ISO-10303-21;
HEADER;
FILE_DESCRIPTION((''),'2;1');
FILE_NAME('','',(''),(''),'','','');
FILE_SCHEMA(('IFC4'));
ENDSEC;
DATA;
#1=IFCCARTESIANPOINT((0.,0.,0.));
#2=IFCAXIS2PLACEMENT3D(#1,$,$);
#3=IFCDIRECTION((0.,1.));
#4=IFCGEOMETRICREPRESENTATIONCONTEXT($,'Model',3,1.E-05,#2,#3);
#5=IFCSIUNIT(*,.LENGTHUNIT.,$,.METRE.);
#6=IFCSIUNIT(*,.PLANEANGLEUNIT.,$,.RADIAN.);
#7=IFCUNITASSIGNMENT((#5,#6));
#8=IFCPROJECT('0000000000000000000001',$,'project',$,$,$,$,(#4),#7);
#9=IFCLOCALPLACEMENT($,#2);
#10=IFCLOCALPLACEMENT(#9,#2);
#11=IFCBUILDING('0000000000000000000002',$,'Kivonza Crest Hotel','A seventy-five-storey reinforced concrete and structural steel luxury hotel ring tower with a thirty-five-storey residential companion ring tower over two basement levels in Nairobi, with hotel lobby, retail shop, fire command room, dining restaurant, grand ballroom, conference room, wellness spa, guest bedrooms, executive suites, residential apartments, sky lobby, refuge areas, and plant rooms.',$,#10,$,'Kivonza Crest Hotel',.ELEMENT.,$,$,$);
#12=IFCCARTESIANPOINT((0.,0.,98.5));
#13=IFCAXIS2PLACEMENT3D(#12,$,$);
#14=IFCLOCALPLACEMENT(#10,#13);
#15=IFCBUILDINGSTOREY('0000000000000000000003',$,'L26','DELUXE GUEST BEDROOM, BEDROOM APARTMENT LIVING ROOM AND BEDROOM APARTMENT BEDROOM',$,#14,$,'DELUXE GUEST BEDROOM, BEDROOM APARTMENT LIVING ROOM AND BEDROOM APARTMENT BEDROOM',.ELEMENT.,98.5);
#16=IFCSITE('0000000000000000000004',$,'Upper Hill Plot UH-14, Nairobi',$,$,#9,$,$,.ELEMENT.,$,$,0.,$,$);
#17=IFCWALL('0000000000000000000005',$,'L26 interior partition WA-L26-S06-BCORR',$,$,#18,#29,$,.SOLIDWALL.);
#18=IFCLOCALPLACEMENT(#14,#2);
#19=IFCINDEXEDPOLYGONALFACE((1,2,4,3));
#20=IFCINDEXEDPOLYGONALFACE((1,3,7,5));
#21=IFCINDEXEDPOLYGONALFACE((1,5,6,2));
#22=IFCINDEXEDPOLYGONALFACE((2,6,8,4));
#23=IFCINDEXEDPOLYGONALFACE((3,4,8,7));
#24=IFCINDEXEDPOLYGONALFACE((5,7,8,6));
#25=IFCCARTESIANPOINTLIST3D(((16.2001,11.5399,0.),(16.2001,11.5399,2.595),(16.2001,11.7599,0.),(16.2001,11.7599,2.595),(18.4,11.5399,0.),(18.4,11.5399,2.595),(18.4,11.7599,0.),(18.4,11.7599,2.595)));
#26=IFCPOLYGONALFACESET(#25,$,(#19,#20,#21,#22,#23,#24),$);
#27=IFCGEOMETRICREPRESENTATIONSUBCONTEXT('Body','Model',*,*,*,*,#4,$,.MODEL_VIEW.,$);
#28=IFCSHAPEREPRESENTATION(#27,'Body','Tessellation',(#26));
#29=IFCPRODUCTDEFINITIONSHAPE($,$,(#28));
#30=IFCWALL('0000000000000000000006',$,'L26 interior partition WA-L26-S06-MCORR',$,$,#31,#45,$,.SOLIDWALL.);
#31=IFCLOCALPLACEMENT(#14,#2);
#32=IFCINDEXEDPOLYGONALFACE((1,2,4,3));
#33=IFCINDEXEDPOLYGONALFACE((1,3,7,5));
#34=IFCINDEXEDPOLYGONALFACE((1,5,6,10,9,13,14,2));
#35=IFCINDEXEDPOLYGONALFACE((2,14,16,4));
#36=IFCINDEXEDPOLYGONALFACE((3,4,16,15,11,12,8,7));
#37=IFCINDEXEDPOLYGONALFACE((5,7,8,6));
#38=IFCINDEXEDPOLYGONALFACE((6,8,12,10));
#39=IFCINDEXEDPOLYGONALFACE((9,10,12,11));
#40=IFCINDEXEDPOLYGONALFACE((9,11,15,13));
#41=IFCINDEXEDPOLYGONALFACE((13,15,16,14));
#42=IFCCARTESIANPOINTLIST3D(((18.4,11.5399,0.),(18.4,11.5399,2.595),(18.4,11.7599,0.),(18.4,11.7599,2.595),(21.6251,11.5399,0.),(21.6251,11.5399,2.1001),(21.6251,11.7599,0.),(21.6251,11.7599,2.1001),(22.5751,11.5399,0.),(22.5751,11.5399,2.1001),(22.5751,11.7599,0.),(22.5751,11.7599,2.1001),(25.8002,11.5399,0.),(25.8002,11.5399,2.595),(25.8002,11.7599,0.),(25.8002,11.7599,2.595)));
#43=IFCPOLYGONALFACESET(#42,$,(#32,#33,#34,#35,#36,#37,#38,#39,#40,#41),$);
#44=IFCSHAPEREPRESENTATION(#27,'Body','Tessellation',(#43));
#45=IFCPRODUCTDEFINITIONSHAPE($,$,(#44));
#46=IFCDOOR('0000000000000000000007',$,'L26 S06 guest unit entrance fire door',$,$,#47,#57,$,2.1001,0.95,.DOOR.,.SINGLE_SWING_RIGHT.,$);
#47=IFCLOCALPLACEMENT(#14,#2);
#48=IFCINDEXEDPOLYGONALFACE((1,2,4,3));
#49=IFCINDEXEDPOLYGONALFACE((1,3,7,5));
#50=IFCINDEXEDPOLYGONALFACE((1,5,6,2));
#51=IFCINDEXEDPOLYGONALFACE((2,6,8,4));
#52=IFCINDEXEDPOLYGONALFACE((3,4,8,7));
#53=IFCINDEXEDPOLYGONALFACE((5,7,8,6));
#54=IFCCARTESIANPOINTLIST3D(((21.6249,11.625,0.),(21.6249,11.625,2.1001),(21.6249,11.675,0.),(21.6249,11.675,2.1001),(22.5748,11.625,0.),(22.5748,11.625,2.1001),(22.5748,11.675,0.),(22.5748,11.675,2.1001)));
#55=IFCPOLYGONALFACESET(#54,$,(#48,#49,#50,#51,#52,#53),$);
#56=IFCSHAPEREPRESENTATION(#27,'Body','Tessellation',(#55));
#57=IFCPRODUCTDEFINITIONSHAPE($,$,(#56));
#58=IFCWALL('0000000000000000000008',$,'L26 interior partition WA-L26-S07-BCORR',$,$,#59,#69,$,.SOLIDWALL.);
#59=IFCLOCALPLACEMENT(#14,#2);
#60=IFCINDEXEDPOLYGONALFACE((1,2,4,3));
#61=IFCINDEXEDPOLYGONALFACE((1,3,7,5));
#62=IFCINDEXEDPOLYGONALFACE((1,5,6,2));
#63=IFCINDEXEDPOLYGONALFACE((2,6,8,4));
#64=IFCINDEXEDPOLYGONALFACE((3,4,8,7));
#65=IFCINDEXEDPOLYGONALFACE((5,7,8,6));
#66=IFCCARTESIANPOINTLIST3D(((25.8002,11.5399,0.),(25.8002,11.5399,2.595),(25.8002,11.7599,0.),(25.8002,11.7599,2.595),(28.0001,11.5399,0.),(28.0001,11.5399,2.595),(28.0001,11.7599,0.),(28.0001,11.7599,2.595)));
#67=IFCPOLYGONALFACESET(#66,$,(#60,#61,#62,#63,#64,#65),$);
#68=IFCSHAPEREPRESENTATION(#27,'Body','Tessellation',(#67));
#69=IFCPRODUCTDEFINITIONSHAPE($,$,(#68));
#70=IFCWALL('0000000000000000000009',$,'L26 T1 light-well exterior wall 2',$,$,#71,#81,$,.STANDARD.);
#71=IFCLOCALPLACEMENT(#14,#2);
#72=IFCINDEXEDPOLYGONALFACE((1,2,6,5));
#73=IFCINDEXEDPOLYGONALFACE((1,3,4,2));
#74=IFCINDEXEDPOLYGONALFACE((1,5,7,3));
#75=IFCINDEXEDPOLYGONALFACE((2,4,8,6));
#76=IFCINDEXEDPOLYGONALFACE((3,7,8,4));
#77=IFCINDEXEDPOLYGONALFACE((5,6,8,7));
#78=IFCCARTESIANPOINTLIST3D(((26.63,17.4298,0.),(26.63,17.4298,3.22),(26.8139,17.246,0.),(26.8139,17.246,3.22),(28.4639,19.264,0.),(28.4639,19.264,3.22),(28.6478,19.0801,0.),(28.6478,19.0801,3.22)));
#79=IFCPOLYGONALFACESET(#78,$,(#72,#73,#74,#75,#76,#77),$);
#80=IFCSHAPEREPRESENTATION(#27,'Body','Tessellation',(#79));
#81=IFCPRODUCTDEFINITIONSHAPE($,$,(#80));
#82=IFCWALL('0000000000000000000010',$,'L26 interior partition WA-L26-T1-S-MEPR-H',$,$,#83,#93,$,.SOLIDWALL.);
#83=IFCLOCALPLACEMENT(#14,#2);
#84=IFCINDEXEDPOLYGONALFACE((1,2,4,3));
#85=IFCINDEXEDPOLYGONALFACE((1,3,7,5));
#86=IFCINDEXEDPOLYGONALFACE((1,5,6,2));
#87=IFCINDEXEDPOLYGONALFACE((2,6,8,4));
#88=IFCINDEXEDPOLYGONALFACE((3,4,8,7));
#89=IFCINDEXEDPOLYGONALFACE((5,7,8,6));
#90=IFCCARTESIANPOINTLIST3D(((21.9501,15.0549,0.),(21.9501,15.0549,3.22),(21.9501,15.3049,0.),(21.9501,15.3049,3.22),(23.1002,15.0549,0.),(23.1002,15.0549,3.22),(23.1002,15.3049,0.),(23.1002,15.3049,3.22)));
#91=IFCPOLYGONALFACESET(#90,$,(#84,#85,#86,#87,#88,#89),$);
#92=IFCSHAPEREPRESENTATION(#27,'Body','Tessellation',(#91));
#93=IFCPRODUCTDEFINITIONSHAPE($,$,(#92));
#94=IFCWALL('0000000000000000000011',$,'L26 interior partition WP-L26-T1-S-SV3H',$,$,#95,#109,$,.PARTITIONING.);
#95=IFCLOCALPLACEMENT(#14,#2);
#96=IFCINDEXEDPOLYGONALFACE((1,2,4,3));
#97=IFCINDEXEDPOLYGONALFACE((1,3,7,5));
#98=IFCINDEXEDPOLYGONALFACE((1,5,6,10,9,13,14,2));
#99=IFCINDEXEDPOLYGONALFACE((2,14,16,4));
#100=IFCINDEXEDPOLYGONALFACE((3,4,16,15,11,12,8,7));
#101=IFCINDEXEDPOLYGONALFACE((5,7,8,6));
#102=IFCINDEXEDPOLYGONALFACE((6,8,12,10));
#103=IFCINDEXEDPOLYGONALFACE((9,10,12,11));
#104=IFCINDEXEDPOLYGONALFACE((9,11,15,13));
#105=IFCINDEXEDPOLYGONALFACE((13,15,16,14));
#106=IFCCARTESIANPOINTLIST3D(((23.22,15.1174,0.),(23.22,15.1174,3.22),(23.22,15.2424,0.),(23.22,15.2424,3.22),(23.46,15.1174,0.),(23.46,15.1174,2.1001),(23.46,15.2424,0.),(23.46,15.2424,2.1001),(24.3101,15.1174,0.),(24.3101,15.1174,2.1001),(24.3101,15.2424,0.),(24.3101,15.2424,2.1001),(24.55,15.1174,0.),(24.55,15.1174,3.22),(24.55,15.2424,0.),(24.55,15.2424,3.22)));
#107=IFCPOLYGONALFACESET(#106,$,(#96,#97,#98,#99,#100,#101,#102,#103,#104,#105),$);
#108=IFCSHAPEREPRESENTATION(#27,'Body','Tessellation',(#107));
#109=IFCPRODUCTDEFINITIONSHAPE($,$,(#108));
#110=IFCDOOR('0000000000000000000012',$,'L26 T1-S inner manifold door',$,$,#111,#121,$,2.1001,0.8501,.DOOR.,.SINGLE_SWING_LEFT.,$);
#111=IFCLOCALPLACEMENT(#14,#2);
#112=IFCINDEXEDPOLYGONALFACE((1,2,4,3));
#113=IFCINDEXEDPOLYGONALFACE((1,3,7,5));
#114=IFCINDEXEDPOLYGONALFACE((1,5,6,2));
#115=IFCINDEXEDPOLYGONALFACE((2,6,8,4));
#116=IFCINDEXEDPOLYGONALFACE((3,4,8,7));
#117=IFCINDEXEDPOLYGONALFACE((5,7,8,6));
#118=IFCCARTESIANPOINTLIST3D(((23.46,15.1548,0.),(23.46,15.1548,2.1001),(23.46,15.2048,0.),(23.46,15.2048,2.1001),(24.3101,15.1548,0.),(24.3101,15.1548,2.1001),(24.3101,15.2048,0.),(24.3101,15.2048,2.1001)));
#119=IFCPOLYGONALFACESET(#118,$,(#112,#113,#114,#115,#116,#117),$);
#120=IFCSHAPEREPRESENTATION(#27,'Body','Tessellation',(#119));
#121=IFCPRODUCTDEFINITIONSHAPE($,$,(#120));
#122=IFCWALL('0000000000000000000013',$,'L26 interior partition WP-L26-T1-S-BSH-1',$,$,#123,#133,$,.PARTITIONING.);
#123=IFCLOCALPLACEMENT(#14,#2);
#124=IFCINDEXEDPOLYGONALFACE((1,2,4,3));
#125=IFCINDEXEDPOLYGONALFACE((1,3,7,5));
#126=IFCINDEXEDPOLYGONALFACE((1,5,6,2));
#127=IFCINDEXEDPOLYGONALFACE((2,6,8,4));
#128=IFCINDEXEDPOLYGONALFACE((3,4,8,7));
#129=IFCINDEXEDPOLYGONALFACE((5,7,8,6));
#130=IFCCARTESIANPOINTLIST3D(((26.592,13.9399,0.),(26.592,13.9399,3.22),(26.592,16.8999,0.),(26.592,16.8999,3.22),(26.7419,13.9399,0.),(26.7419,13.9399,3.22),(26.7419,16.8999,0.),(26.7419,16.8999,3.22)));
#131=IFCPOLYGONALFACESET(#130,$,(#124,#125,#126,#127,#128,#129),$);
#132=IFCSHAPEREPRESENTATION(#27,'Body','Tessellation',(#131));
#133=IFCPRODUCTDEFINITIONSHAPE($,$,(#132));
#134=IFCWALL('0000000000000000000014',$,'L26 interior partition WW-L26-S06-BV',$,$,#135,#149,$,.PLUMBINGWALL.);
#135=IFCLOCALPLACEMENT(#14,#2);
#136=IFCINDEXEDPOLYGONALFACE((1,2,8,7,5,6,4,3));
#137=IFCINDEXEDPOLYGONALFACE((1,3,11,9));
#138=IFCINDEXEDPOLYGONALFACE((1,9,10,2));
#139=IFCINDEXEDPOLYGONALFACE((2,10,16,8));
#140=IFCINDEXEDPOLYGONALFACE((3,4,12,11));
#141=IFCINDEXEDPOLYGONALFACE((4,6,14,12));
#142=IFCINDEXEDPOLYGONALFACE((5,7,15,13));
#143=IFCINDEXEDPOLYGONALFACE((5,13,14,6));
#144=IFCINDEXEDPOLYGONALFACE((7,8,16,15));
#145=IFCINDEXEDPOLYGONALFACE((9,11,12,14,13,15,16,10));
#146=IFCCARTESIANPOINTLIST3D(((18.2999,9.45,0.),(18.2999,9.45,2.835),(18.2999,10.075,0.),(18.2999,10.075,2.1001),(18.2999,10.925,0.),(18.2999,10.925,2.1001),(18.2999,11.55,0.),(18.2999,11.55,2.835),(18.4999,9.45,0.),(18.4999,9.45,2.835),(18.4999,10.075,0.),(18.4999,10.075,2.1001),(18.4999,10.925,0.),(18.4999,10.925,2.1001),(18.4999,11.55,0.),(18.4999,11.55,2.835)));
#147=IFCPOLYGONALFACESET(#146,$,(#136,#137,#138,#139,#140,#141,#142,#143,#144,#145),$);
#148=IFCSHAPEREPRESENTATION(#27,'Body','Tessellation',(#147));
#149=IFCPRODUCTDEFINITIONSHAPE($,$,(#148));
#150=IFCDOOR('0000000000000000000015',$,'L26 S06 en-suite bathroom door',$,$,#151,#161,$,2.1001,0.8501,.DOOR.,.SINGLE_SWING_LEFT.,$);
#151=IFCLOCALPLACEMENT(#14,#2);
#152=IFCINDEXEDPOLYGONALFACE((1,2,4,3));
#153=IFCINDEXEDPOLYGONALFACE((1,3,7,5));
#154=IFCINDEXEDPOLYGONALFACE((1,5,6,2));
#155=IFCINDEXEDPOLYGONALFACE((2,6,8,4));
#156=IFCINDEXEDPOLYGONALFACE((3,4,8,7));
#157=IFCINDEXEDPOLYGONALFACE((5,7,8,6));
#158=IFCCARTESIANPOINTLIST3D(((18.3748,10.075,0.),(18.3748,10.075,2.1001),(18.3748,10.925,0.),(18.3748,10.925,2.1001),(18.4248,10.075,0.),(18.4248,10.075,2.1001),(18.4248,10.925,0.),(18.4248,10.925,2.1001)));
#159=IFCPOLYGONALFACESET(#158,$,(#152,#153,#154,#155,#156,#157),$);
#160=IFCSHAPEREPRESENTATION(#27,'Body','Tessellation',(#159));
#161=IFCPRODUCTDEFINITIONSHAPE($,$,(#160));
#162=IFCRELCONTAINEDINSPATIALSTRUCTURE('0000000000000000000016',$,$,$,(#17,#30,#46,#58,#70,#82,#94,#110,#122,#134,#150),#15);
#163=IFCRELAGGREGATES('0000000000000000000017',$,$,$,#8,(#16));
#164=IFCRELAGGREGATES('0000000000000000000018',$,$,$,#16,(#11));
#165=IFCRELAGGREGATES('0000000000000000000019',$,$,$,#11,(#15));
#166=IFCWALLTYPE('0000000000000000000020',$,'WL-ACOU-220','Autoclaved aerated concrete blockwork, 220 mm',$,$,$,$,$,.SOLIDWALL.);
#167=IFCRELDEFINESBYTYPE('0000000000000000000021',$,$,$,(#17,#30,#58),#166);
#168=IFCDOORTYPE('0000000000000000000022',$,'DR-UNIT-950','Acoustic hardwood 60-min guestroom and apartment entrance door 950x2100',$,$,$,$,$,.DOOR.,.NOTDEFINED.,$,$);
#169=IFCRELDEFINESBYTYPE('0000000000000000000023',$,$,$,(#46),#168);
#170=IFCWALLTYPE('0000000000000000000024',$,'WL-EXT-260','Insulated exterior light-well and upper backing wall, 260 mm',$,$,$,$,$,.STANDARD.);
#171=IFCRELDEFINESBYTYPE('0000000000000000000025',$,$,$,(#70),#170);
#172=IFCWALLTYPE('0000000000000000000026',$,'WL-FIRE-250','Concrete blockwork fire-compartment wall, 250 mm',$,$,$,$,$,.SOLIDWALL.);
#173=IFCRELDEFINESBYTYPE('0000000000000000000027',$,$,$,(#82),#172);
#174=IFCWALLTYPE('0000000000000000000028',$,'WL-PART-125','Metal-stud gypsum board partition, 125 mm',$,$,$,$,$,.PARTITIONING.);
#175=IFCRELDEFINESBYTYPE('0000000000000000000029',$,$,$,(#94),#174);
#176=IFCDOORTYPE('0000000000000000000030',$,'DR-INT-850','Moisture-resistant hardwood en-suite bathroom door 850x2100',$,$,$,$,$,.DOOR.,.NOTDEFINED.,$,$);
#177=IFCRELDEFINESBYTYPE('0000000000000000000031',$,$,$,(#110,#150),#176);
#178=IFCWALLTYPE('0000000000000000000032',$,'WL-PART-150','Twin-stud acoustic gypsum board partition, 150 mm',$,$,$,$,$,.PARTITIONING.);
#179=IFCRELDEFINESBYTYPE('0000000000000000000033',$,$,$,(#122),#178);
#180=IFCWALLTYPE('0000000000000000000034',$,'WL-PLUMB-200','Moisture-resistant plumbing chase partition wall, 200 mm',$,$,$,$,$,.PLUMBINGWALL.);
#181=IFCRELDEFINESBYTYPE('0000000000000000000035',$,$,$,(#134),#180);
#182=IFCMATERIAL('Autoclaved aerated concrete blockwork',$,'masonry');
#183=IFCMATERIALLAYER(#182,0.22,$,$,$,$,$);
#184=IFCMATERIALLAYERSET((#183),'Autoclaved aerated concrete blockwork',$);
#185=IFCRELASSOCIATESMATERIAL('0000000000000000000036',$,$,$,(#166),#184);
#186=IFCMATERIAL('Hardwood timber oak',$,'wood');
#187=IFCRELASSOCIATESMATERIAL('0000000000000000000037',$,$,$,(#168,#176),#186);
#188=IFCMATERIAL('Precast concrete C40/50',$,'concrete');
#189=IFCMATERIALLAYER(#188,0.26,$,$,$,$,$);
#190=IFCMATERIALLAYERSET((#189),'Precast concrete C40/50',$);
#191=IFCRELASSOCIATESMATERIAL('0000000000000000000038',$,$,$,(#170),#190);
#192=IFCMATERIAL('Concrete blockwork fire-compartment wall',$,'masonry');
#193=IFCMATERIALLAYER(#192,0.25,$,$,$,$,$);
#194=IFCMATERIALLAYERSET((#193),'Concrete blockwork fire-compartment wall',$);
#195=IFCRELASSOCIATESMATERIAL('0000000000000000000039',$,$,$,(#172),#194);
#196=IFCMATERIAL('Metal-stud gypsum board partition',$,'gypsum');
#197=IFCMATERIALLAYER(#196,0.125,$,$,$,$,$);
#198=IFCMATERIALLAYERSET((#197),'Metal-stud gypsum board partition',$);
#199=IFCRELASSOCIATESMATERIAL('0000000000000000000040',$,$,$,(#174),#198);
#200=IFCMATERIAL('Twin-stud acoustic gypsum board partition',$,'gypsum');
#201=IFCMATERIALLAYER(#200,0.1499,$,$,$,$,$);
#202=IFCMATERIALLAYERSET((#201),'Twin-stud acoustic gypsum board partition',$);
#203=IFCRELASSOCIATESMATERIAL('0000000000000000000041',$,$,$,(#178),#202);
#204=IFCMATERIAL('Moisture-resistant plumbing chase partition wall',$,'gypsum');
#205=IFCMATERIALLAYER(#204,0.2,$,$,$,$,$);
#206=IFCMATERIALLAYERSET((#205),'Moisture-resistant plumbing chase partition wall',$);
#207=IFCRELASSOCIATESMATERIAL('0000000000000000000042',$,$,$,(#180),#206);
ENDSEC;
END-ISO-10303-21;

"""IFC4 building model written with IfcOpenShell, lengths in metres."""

from ifc_helpers import new_model, si_unit, direction, frame, frame_2d, origin, place, context, subcontext, project, spatial, rectangle, extrude, material, layer, layer_set, type_object, element, fill, save


model = new_model("IFC4")

# Units and contexts
model_context = context("Model", 3, precision=1e-05, world=origin(), true_north=direction((0.0, 1.0)))
body_context = subcontext(model_context, "Body", "Model", "MODEL_VIEW")
ifc_project = project(units=[si_unit("LENGTHUNIT", "METRE"), si_unit("PLANEANGLEUNIT", "RADIAN")], contexts=[model_context])

# Site, building, storey
site_placement = place(None, origin())
site = spatial("IfcSite", under=ifc_project, at=site_placement, Name="Upper Hill Plot UH-14, Nairobi", CompositionType="ELEMENT", RefElevation=0.0)
building_placement = place(site_placement, origin())
building = spatial("IfcBuilding", under=site, at=building_placement, Name="Kivonza Crest Hotel", Description="A seventy-five-storey reinforced concrete and structural steel luxury hotel ring tower with a thirty-five-storey residential companion ring tower over two basement levels in Nairobi, with hotel lobby, retail shop, fire command room, dining restaurant, grand ballroom, conference room, wellness spa, guest bedrooms, executive suites, residential apartments, sky lobby, refuge areas, and plant rooms.", LongName="Kivonza Crest Hotel", CompositionType="ELEMENT")
storey_placement = place(building_placement, frame((0.0, 0.0, 98.5)))
storey = spatial("IfcBuildingStorey", under=building, at=storey_placement, Name="L26", Description="DELUXE GUEST BEDROOM, BEDROOM APARTMENT LIVING ROOM AND BEDROOM APARTMENT BEDROOM", LongName="DELUXE GUEST BEDROOM, BEDROOM APARTMENT LIVING ROOM AND BEDROOM APARTMENT BEDROOM", CompositionType="ELEMENT", Elevation=98.5)

# Wall
ifc_material_1 = material(Name="Autoclaved aerated concrete blockwork", Category="masonry")
ifc_layer_1 = layer(ifc_material_1, 0.22)
ifc_layer_set_1 = layer_set([ifc_layer_1], Name="Autoclaved aerated concrete blockwork")
wall_type_1 = type_object("IfcWallType", Name="WL-ACOU-220", Description="Autoclaved aerated concrete blockwork, 220 mm", PredefinedType="SOLIDWALL", material=ifc_layer_set_1)
wall_1_placement = place(storey_placement, frame((16.2, 11.6499, 0.0), z_axis=(0.0, 0.0, 1.0), x_axis=(1.0, 0.0, 0.0)))
element("IfcWall", 1, at=wall_1_placement, inside=storey, type_object=wall_type_1, Name="L26 interior partition WA-L26-S06-BCORR", PredefinedType="SOLIDWALL", context=body_context, shape_type="SweptSolid", body=[
    extrude(rectangle(XDim=2.2, YDim=0.22, at=frame_2d((1.1001, 0.0))), origin(), (0.0, 0.0, 1.0), 2.595),
])

# Wall, opening, door
wall_2_placement = place(storey_placement, frame((18.3999, 11.6499, 0.0), z_axis=(0.0, 0.0, 1.0), x_axis=(1.0, 0.0, 0.0)))
wall_2 = element("IfcWall", 2, at=wall_2_placement, inside=storey, type_object=wall_type_1, Name="L26 interior partition WA-L26-S06-MCORR", PredefinedType="SOLIDWALL", context=body_context, shape_type="SweptSolid", body=[
    extrude(rectangle(XDim=7.4001, YDim=0.22, at=frame_2d((3.7002, 0.0))), origin(), (0.0, 0.0, 1.0), 2.595),
])
opening_1_placement = place(wall_2_placement, frame((3.2251, 0.0, 0.0)))
opening_1 = element("IfcOpeningElement", 3, at=opening_1_placement, cuts=wall_2, PredefinedType="OPENING", context=body_context, shape_type="SweptSolid", body=[
    extrude(rectangle(XDim=0.95, YDim=2.1001, at=frame_2d((0.4751, 1.05))), frame((0.0, 0.1201, 0.0), z_axis=(0.0, -1.0, 0.0), x_axis=(1.0, 0.0, 0.0)), (0.0, 0.0, 1.0), 0.24),
])
ifc_material_2 = material(Name="Hardwood timber oak", Category="wood")
door_type_1 = type_object("IfcDoorType", Name="DR-UNIT-950", Description="Acoustic hardwood 60-min guestroom and apartment entrance door 950x2100", OperationType="NOTDEFINED", PredefinedType="DOOR", material=ifc_material_2)
door_1_placement = place(opening_1_placement, frame((0.95, 0.0, 0.0), z_axis=(0.0, 0.0, 1.0), x_axis=(-1.0, 0.0, 0.0)))
door_1 = element("IfcDoor", 4, at=door_1_placement, inside=storey, type_object=door_type_1, Name="L26 S06 guest unit entrance fire door", OperationType="SINGLE_SWING_RIGHT", OverallHeight=2.1001, OverallWidth=0.95, PredefinedType="DOOR", context=body_context, shape_type="SweptSolid", body=[
    extrude(rectangle(XDim=0.95, YDim=2.1001, at=frame_2d((0.4751, 1.05))), frame((0.0, 0.0249, 0.0), z_axis=(0.0, -1.0, 0.0), x_axis=(1.0, 0.0, 0.0)), (0.0, 0.0, 1.0), 0.05),
])
fill(opening_1, door_1)

# Walls
wall_3_placement = place(storey_placement, frame((25.8, 11.6499, 0.0), z_axis=(0.0, 0.0, 1.0), x_axis=(1.0, 0.0, 0.0)))
element("IfcWall", 5, at=wall_3_placement, inside=storey, type_object=wall_type_1, Name="L26 interior partition WA-L26-S07-BCORR", PredefinedType="SOLIDWALL", context=body_context, shape_type="SweptSolid", body=[
    extrude(rectangle(XDim=2.2, YDim=0.22, at=frame_2d((1.1001, 0.0))), origin(), (0.0, 0.0, 1.0), 2.595),
])
ifc_material_3 = material(Name="Precast concrete C40/50", Category="concrete")
ifc_layer_2 = layer(ifc_material_3, 0.26)
ifc_layer_set_2 = layer_set([ifc_layer_2], Name="Precast concrete C40/50")
wall_type_2 = type_object("IfcWallType", Name="WL-EXT-260", Description="Insulated exterior light-well and upper backing wall, 260 mm", PredefinedType="STANDARD", material=ifc_layer_set_2)
wall_4_placement = place(storey_placement, frame((26.7219, 17.3379, 0.0), z_axis=(0.0, 0.0, 1.0), x_axis=(0.70706, 0.707154, 0.0)))
element("IfcWall", 6, at=wall_4_placement, inside=storey, type_object=wall_type_2, Name="L26 T1 light-well exterior wall 2", PredefinedType="STANDARD", context=body_context, shape_type="SweptSolid", body=[
    extrude(rectangle(XDim=2.5938, YDim=0.26, at=frame_2d((1.2969, 0.0))), origin(), (0.0, 0.0, 1.0), 3.22),
])
ifc_material_4 = material(Name="Concrete blockwork fire-compartment wall", Category="masonry")
ifc_layer_3 = layer(ifc_material_4, 0.25)
ifc_layer_set_3 = layer_set([ifc_layer_3], Name="Concrete blockwork fire-compartment wall")
wall_type_3 = type_object("IfcWallType", Name="WL-FIRE-250", Description="Concrete blockwork fire-compartment wall, 250 mm", PredefinedType="SOLIDWALL", material=ifc_layer_set_3)
wall_5_placement = place(storey_placement, frame((21.95, 15.1799, 0.0), z_axis=(0.0, 0.0, 1.0), x_axis=(1.0, 0.0, 0.0)))
element("IfcWall", 7, at=wall_5_placement, inside=storey, type_object=wall_type_3, Name="L26 interior partition WA-L26-T1-S-MEPR-H", PredefinedType="SOLIDWALL", context=body_context, shape_type="SweptSolid", body=[
    extrude(rectangle(XDim=1.1501, YDim=0.25, at=frame_2d((0.5752, 0.0))), origin(), (0.0, 0.0, 1.0), 3.22),
])

# Wall, opening, door
ifc_material_5 = material(Name="Metal-stud gypsum board partition", Category="gypsum")
ifc_layer_4 = layer(ifc_material_5, 0.125)
ifc_layer_set_4 = layer_set([ifc_layer_4], Name="Metal-stud gypsum board partition")
wall_type_4 = type_object("IfcWallType", Name="WL-PART-125", Description="Metal-stud gypsum board partition, 125 mm", PredefinedType="PARTITIONING", material=ifc_layer_set_4)
wall_6_placement = place(storey_placement, frame((23.22, 15.1799, 0.0), z_axis=(0.0, 0.0, 1.0), x_axis=(1.0, 0.0, 0.0)))
wall_6 = element("IfcWall", 8, at=wall_6_placement, inside=storey, type_object=wall_type_4, Name="L26 interior partition WP-L26-T1-S-SV3H", PredefinedType="PARTITIONING", context=body_context, shape_type="SweptSolid", body=[
    extrude(rectangle(XDim=1.3301, YDim=0.125, at=frame_2d((0.665, 0.0))), origin(), (0.0, 0.0, 1.0), 3.22),
])
opening_2_placement = place(wall_6_placement, frame((0.24, 0.0, 0.0)))
opening_2 = element("IfcOpeningElement", 9, at=opening_2_placement, cuts=wall_6, PredefinedType="OPENING", context=body_context, shape_type="SweptSolid", body=[
    extrude(rectangle(XDim=0.8501, YDim=2.1001, at=frame_2d((0.425, 1.05))), frame((0.0, 0.0725, 0.0), z_axis=(0.0, -1.0, 0.0), x_axis=(1.0, 0.0, 0.0)), (0.0, 0.0, 1.0), 0.145),
])
door_type_2 = type_object("IfcDoorType", Name="DR-INT-850", Description="Moisture-resistant hardwood en-suite bathroom door 850x2100", OperationType="NOTDEFINED", PredefinedType="DOOR", material=ifc_material_2)
door_2_placement = place(opening_2_placement, origin())
door_2 = element("IfcDoor", 10, at=door_2_placement, inside=storey, type_object=door_type_2, Name="L26 T1-S inner manifold door", OperationType="SINGLE_SWING_LEFT", OverallHeight=2.1001, OverallWidth=0.8501, PredefinedType="DOOR", context=body_context, shape_type="SweptSolid", body=[
    extrude(rectangle(XDim=0.8501, YDim=2.1001, at=frame_2d((0.425, 1.05))), frame((0.0, 0.0249, 0.0), z_axis=(0.0, -1.0, 0.0), x_axis=(1.0, 0.0, 0.0)), (0.0, 0.0, 1.0), 0.05),
])
fill(opening_2, door_2)

# Wall
ifc_material_6 = material(Name="Twin-stud acoustic gypsum board partition", Category="gypsum")
ifc_layer_5 = layer(ifc_material_6, 0.1499)
ifc_layer_set_5 = layer_set([ifc_layer_5], Name="Twin-stud acoustic gypsum board partition")
wall_type_5 = type_object("IfcWallType", Name="WL-PART-150", Description="Twin-stud acoustic gypsum board partition, 150 mm", PredefinedType="PARTITIONING", material=ifc_layer_set_5)
wall_7_placement = place(storey_placement, frame((26.667, 13.9399, 0.0), z_axis=(0.0, 0.0, 1.0), x_axis=(0.0, 1.0, 0.0)))
element("IfcWall", 11, at=wall_7_placement, inside=storey, type_object=wall_type_5, Name="L26 interior partition WP-L26-T1-S-BSH-1", PredefinedType="PARTITIONING", context=body_context, shape_type="SweptSolid", body=[
    extrude(rectangle(XDim=2.96, YDim=0.1499, at=frame_2d((1.48, 0.0))), origin(), (0.0, 0.0, 1.0), 3.22),
])

# Wall, opening, door
ifc_material_7 = material(Name="Moisture-resistant plumbing chase partition wall", Category="gypsum")
ifc_layer_6 = layer(ifc_material_7, 0.2)
ifc_layer_set_6 = layer_set([ifc_layer_6], Name="Moisture-resistant plumbing chase partition wall")
wall_type_6 = type_object("IfcWallType", Name="WL-PLUMB-200", Description="Moisture-resistant plumbing chase partition wall, 200 mm", PredefinedType="PLUMBINGWALL", material=ifc_layer_set_6)
wall_8_placement = place(storey_placement, frame((18.3999, 9.45, 0.0), z_axis=(0.0, 0.0, 1.0), x_axis=(0.0, 1.0, 0.0)))
wall_8 = element("IfcWall", 12, at=wall_8_placement, inside=storey, type_object=wall_type_6, Name="L26 interior partition WW-L26-S06-BV", PredefinedType="PLUMBINGWALL", context=body_context, shape_type="SweptSolid", body=[
    extrude(rectangle(XDim=2.1001, YDim=0.2, at=frame_2d((1.05, 0.0))), origin(), (0.0, 0.0, 1.0), 2.835),
])
opening_3_placement = place(wall_8_placement, frame((0.625, 0.0, 0.0)))
opening_3 = element("IfcOpeningElement", 13, at=opening_3_placement, cuts=wall_8, PredefinedType="OPENING", context=body_context, shape_type="SweptSolid", body=[
    extrude(rectangle(XDim=0.8501, YDim=2.1001, at=frame_2d((0.425, 1.05))), frame((0.0, 0.1099, 0.0), z_axis=(0.0, -1.0, 0.0), x_axis=(1.0, 0.0, 0.0)), (0.0, 0.0, 1.0), 0.22),
])
door_3_placement = place(opening_3_placement, frame((0.8501, 0.0, 0.0), z_axis=(0.0, 0.0, 1.0), x_axis=(-1.0, 0.0, 0.0)))
door_3 = element("IfcDoor", 14, at=door_3_placement, inside=storey, type_object=door_type_2, Name="L26 S06 en-suite bathroom door", OperationType="SINGLE_SWING_LEFT", OverallHeight=2.1001, OverallWidth=0.8501, PredefinedType="DOOR", context=body_context, shape_type="SweptSolid", body=[
    extrude(rectangle(XDim=0.8501, YDim=2.1001, at=frame_2d((0.425, 1.05))), frame((0.0, 0.0249, 0.0), z_axis=(0.0, -1.0, 0.0), x_axis=(1.0, 0.0, 0.0)), (0.0, 0.0, 1.0), 0.05),
])
fill(opening_3, door_3)

save(model, "model.ifc")
